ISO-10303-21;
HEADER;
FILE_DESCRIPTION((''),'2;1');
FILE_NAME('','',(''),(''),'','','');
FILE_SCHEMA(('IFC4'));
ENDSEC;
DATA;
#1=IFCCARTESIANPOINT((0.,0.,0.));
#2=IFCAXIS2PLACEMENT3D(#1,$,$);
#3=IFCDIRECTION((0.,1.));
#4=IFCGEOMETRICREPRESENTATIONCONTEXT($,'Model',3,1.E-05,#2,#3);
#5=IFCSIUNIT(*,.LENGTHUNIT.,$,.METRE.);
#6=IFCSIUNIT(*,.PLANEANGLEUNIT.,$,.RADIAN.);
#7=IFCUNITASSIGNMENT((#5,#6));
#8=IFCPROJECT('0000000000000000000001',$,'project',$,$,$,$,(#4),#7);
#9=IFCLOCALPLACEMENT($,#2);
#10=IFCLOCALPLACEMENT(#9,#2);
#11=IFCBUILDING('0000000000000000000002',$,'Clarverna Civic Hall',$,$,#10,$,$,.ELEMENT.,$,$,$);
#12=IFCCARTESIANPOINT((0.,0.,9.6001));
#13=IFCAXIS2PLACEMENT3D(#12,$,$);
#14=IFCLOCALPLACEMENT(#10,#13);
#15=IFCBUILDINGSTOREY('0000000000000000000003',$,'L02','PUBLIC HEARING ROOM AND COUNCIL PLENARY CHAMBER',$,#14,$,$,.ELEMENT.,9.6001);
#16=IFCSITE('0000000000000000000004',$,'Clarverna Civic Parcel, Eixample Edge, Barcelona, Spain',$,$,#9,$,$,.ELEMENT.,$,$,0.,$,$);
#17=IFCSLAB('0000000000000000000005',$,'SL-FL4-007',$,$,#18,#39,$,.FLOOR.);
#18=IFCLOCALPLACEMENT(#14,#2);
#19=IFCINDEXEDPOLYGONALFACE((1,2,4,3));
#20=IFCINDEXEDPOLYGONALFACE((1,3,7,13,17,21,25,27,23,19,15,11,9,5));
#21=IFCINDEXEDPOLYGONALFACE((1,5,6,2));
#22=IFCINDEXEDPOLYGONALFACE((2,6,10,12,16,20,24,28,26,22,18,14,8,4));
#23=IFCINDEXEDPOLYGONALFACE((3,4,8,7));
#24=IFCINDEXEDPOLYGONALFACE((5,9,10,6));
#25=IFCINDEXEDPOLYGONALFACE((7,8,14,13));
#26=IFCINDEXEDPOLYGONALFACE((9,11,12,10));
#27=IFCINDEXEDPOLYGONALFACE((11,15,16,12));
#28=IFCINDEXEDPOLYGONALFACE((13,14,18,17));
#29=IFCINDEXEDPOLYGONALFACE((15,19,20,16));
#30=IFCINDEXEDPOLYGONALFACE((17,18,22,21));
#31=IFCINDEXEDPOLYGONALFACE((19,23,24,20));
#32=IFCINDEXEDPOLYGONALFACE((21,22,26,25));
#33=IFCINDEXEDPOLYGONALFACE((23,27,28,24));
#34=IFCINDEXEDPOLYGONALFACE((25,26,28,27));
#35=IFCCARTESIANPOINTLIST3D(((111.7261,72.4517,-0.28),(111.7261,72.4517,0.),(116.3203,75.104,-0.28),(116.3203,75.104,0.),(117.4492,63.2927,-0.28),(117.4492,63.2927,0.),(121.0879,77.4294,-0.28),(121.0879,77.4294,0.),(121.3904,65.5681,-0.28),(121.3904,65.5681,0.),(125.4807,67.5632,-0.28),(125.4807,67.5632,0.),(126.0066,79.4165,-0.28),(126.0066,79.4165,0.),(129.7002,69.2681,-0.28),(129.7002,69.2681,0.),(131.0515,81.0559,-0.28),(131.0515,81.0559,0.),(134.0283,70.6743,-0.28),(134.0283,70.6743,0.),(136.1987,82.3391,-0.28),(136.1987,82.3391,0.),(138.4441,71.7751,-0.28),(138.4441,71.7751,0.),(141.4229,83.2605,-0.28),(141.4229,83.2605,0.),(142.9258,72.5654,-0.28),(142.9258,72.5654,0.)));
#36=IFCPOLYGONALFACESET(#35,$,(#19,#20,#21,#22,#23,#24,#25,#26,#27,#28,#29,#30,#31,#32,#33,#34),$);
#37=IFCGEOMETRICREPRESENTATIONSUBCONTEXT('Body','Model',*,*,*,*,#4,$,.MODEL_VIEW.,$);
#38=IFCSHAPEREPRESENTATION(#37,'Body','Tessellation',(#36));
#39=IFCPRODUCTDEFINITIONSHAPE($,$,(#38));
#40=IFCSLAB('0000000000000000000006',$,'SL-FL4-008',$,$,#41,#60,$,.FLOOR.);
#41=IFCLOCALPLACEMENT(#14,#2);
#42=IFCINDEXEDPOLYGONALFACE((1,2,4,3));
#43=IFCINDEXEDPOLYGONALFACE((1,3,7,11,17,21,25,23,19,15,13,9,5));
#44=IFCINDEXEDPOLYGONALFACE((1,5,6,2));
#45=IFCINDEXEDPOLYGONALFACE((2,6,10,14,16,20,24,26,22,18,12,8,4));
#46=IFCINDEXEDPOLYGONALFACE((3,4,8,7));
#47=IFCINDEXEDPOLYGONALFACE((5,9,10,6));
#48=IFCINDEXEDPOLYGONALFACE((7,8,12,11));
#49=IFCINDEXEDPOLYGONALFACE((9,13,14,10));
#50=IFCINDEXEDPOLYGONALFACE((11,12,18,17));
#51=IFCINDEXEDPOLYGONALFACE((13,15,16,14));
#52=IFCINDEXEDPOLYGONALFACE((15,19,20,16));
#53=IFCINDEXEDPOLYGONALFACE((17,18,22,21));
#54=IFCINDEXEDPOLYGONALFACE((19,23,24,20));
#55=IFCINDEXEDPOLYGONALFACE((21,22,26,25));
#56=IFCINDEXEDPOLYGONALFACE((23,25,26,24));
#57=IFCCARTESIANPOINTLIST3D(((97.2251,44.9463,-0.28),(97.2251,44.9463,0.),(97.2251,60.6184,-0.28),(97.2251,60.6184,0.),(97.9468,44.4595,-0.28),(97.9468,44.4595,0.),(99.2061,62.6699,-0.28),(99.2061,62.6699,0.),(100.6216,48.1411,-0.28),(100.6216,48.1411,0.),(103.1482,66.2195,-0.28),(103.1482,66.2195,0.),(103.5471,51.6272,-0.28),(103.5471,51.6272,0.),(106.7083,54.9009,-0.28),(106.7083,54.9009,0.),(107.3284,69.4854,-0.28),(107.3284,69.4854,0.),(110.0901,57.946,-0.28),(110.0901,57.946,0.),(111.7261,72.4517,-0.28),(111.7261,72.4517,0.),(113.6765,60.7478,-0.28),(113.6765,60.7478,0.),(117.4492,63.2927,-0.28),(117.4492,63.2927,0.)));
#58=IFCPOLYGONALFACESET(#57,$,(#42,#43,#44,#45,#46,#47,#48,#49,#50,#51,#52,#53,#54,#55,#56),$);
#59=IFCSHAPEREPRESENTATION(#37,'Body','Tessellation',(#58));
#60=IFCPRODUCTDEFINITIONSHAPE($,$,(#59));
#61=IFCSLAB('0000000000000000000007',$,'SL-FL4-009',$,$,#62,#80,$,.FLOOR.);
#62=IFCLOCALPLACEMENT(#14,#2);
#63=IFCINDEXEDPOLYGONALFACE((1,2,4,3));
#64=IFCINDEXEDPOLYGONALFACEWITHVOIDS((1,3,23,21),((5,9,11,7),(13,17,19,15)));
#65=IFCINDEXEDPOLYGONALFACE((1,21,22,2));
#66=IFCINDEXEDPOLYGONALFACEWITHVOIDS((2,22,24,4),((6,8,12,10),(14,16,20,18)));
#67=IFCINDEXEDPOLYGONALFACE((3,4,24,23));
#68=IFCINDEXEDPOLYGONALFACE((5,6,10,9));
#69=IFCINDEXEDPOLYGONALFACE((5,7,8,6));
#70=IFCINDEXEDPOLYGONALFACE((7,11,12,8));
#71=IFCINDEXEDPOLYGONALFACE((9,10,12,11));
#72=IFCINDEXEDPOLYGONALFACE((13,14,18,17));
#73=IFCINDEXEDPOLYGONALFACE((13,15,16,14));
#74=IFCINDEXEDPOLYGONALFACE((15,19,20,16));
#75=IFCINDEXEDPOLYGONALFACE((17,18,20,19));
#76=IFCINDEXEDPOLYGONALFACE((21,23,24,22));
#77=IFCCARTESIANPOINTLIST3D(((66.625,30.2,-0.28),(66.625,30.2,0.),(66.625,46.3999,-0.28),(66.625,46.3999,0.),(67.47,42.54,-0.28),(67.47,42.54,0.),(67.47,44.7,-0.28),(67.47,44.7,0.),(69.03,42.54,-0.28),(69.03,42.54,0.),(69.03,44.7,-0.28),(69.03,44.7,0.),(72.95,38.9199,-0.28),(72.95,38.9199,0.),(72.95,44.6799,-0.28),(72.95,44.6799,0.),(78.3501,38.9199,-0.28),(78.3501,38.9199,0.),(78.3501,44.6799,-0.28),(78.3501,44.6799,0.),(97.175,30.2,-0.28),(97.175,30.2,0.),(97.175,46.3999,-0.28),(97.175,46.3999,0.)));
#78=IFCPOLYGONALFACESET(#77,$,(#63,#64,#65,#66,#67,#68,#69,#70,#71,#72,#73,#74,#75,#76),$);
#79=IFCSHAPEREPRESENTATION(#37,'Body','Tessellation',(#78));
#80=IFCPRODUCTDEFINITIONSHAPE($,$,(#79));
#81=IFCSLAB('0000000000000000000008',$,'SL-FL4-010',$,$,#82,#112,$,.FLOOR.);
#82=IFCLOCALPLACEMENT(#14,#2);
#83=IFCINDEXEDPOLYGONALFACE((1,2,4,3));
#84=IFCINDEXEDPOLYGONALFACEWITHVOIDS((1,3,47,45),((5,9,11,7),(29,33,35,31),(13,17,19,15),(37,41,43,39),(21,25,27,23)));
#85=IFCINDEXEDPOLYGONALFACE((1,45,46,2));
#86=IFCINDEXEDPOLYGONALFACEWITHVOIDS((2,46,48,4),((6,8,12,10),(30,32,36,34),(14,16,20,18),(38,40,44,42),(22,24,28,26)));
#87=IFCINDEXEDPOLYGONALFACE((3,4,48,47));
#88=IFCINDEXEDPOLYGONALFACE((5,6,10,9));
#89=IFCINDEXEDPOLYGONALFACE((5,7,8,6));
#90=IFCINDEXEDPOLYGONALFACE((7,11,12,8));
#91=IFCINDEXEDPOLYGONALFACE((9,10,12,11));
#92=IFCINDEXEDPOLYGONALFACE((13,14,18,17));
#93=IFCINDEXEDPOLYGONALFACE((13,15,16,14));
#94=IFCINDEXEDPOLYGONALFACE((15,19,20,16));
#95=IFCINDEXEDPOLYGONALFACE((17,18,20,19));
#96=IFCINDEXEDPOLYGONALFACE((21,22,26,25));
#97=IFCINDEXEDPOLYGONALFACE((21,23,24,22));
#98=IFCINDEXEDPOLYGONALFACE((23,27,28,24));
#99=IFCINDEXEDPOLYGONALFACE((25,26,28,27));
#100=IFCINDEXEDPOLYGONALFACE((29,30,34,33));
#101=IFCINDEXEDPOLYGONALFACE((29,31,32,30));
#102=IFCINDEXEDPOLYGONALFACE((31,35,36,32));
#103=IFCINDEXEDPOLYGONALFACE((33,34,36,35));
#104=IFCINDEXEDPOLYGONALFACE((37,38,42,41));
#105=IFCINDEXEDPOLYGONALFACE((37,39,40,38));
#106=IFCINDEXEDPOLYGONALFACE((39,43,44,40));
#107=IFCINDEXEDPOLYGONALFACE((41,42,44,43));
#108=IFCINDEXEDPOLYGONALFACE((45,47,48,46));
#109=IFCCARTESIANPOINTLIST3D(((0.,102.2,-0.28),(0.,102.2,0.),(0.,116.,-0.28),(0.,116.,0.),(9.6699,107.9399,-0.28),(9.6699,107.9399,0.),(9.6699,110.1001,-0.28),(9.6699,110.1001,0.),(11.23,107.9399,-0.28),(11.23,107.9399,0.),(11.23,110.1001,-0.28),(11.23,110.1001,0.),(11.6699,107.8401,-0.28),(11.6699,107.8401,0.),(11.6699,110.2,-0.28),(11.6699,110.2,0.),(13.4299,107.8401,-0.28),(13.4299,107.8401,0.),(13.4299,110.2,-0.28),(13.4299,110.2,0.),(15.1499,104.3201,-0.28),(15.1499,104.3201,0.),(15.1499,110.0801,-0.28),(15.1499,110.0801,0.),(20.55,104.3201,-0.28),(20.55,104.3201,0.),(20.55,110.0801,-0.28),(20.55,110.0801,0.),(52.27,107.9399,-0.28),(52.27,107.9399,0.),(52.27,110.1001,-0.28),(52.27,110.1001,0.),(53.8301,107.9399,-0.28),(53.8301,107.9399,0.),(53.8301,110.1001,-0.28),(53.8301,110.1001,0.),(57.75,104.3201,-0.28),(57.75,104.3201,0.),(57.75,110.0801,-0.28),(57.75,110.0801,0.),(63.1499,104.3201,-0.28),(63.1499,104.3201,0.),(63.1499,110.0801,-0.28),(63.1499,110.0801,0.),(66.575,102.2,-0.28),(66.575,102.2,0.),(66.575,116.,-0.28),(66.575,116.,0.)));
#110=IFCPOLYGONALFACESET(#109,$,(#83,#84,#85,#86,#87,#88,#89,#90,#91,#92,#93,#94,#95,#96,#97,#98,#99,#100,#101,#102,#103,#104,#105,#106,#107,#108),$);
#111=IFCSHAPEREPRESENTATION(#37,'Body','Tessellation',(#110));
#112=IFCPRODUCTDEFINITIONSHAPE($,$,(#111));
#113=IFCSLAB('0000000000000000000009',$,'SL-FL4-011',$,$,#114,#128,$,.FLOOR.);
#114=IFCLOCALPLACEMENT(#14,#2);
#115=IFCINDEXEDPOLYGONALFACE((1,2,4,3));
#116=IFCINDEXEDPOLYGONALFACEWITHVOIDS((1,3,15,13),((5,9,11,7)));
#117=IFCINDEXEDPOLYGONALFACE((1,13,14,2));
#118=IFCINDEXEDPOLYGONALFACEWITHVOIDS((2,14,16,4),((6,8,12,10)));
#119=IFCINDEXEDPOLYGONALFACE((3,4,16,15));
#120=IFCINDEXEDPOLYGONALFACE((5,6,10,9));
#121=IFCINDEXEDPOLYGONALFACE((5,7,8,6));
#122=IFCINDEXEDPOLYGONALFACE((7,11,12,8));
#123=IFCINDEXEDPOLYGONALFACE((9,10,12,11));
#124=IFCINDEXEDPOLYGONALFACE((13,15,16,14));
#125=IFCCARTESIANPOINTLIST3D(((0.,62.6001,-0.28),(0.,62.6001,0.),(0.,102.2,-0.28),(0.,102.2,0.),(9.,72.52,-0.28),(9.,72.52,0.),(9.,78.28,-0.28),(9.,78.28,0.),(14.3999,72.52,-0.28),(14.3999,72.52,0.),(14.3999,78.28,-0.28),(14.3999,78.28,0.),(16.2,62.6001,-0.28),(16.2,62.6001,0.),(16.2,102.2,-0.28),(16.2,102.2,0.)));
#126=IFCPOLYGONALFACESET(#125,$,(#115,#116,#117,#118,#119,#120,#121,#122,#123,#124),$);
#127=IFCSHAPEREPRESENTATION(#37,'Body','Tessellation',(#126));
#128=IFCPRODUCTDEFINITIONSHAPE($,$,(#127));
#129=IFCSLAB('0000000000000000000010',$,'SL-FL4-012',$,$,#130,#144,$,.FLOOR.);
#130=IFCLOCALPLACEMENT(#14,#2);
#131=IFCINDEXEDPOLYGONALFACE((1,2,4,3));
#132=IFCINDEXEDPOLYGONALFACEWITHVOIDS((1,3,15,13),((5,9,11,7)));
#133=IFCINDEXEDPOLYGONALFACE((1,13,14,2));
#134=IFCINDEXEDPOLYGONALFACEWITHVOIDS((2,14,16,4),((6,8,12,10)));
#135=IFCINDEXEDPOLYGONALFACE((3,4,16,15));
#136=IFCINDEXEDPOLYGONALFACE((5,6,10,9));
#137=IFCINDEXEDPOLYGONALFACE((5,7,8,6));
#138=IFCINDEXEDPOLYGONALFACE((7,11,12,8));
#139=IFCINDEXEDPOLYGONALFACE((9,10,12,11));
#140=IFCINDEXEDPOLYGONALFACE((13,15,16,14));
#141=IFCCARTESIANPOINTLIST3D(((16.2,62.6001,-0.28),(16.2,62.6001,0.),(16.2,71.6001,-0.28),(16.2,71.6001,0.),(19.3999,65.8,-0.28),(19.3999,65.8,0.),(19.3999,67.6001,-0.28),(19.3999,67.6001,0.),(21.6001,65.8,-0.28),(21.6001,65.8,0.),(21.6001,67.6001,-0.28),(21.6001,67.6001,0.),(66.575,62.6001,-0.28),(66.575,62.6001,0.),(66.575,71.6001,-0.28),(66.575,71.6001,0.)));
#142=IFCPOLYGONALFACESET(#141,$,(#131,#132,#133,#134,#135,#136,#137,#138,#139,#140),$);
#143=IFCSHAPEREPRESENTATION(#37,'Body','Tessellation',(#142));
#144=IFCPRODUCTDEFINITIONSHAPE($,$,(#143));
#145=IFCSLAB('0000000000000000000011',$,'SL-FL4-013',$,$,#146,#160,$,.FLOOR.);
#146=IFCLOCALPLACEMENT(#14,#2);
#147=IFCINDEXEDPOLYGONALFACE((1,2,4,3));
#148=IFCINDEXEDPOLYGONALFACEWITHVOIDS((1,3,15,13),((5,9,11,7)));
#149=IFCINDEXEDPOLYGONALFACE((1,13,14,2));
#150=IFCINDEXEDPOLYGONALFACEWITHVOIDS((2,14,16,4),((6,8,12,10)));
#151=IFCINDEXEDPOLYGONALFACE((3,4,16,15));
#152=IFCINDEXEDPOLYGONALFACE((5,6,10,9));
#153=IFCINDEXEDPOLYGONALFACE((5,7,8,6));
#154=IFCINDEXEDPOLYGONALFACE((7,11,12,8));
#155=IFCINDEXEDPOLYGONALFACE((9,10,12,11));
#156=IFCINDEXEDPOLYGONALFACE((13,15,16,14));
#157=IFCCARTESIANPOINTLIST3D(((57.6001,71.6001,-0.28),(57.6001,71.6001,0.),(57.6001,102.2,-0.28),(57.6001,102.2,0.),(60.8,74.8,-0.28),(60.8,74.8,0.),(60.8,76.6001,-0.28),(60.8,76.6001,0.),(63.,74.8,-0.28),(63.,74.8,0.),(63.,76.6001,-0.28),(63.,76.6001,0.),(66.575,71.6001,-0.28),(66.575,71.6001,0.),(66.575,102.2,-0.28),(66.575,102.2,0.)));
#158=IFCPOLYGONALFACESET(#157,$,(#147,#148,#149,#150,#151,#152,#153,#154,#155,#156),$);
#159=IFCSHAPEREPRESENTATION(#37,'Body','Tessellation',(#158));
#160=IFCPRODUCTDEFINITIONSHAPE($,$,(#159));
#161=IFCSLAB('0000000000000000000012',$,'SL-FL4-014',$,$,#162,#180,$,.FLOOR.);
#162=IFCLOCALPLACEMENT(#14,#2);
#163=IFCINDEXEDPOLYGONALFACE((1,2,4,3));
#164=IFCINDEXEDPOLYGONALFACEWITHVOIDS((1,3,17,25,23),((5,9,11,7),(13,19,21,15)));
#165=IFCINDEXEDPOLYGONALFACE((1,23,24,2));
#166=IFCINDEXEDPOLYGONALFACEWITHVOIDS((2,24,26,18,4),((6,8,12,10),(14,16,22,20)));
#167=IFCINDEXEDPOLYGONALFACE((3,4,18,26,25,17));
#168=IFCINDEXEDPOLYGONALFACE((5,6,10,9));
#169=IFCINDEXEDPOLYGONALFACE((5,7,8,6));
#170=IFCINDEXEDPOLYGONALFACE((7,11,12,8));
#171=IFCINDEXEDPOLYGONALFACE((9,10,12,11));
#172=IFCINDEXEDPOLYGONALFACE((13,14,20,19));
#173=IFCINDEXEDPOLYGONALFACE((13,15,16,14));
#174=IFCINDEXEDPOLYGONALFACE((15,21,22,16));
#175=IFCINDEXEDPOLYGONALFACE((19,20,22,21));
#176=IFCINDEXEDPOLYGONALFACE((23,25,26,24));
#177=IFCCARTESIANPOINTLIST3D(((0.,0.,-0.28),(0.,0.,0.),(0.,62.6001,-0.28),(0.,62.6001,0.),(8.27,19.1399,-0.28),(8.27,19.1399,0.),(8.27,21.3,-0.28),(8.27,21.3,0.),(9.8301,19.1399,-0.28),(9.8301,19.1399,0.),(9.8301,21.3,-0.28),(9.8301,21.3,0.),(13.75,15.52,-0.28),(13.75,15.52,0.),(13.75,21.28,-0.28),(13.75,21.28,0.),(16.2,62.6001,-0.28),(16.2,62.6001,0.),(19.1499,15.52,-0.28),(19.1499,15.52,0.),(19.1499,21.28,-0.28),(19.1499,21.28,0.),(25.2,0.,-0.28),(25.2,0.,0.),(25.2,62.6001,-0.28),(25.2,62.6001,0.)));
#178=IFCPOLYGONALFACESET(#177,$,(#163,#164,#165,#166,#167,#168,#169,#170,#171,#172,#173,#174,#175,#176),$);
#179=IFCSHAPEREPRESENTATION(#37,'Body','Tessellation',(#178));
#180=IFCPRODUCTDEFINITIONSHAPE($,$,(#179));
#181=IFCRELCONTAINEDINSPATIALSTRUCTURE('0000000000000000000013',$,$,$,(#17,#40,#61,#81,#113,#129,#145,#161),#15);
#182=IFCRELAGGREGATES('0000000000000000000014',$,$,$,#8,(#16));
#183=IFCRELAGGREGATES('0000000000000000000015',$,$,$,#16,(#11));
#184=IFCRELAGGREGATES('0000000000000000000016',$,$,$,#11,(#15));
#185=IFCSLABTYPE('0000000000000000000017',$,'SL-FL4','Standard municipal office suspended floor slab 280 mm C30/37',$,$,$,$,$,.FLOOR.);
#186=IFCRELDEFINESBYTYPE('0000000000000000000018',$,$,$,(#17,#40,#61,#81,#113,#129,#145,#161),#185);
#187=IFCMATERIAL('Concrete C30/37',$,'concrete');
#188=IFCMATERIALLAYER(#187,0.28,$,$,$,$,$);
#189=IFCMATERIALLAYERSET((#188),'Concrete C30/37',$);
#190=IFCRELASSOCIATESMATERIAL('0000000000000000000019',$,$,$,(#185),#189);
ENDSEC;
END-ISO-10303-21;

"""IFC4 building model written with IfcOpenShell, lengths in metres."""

from ifc_helpers import new_model, si_unit, direction, frame, origin, place, context, subcontext, project, spatial, polyline, outline, extrude, material, layer, layer_set, type_object, element, save


model = new_model("IFC4")

# Units and contexts
model_context = context("Model", 3, precision=1e-05, world=origin(), true_north=direction((0.0, 1.0)))
body_context = subcontext(model_context, "Body", "Model", "MODEL_VIEW")
ifc_project = project(units=[si_unit("LENGTHUNIT", "METRE"), si_unit("PLANEANGLEUNIT", "RADIAN")], contexts=[model_context])

# Site, building, storey
site_placement = place(None, origin())
site = spatial("IfcSite", under=ifc_project, at=site_placement, Name="Clarverna Civic Parcel, Eixample Edge, Barcelona, Spain", CompositionType="ELEMENT", RefElevation=0.0)
building_placement = place(site_placement, origin())
building = spatial("IfcBuilding", under=site, at=building_placement, Name="Clarverna Civic Hall", CompositionType="ELEMENT")
storey_placement = place(building_placement, frame((0.0, 0.0, 9.6001)))
storey = spatial("IfcBuildingStorey", under=building, at=storey_placement, Name="L02", Description="PUBLIC HEARING ROOM AND COUNCIL PLENARY CHAMBER", CompositionType="ELEMENT", Elevation=9.6001)

# Slabs
ifc_material_1 = material(Name="Concrete C30/37", Category="concrete")
ifc_layer_1 = layer(ifc_material_1, 0.28)
ifc_layer_set_1 = layer_set([ifc_layer_1], Name="Concrete C30/37")
slab_type_1 = type_object("IfcSlabType", Name="SL-FL4", Description="Standard municipal office suspended floor slab 280 mm C30/37", PredefinedType="FLOOR", material=ifc_layer_set_1)
slab_1_placement = place(storey_placement, frame((0.0, 0.0, -0.28)))
element("IfcSlab", 1, at=slab_1_placement, inside=storey, type_object=slab_type_1, Name="SL-FL4-007", PredefinedType="FLOOR", context=body_context, shape_type="SweptSolid", body=[
    extrude(outline(polyline([(134.0283, 70.6743), (138.4441, 71.7751), (142.9258, 72.5654), (141.4229, 83.2605), (136.1987, 82.3391), (131.0515, 81.0559), (126.0066, 79.4165), (121.0879, 77.4294), (116.3203, 75.104), (111.7261, 72.4517), (117.4492, 63.2927), (121.3904, 65.5681), (125.4807, 67.5632), (129.7002, 69.2681), (134.0283, 70.6743)])), origin(), (0.0, 0.0, 1.0), 0.28),
])
slab_2_placement = place(storey_placement, frame((0.0, 0.0, -0.28)))
element("IfcSlab", 2, at=slab_2_placement, inside=storey, type_object=slab_type_1, Name="SL-FL4-008", PredefinedType="FLOOR", context=body_context, shape_type="SweptSolid", body=[
    extrude(outline(polyline([(110.0901, 57.946), (113.6765, 60.7478), (117.4492, 63.2927), (111.7261, 72.4517), (107.3284, 69.4854), (103.1482, 66.2195), (99.2061, 62.6699), (97.2251, 60.6184), (97.2251, 44.9463), (97.9468, 44.4595), (100.6216, 48.1411), (103.5471, 51.6272), (106.7083, 54.9009), (110.0901, 57.946)])), origin(), (0.0, 0.0, 1.0), 0.28),
])
slab_3_placement = place(storey_placement, frame((0.0, 0.0, -0.28)))
element("IfcSlab", 3, at=slab_3_placement, inside=storey, type_object=slab_type_1, Name="SL-FL4-009", PredefinedType="FLOOR", context=body_context, shape_type="SweptSolid", body=[
    extrude(outline(polyline([(97.175, 46.3999), (66.625, 46.3999), (66.625, 30.2), (97.175, 30.2), (97.175, 46.3999)]), holes=[polyline([(72.95, 38.9199), (78.3501, 38.9199), (78.3501, 44.6799), (72.95, 44.6799), (72.95, 38.9199)]), polyline([(67.47, 42.54), (69.03, 42.54), (69.03, 44.7), (67.47, 44.7), (67.47, 42.54)])]), origin(), (0.0, 0.0, 1.0), 0.28),
])
slab_4_placement = place(storey_placement, frame((0.0, 0.0, -0.28)))
element("IfcSlab", 4, at=slab_4_placement, inside=storey, type_object=slab_type_1, Name="SL-FL4-010", PredefinedType="FLOOR", context=body_context, shape_type="SweptSolid", body=[
    extrude(outline(polyline([(0.0, 102.2), (66.575, 102.2), (66.575, 116.0), (0.0, 116.0), (0.0, 102.2)]), holes=[polyline([(15.1499, 104.3201), (20.55, 104.3201), (20.55, 110.0801), (15.1499, 110.0801), (15.1499, 104.3201)]), polyline([(9.6699, 107.9399), (11.23, 107.9399), (11.23, 110.1001), (9.6699, 110.1001), (9.6699, 107.9399)]), polyline([(11.6699, 107.8401), (13.4299, 107.8401), (13.4299, 110.2), (11.6699, 110.2), (11.6699, 107.8401)]), polyline([(57.75, 104.3201), (63.1499, 104.3201), (63.1499, 110.0801), (57.75, 110.0801), (57.75, 104.3201)]), polyline([(52.27, 107.9399), (53.8301, 107.9399), (53.8301, 110.1001), (52.27, 110.1001), (52.27, 107.9399)])]), origin(), (0.0, 0.0, 1.0), 0.28),
])
slab_5_placement = place(storey_placement, frame((0.0, 0.0, -0.28)))
element("IfcSlab", 5, at=slab_5_placement, inside=storey, type_object=slab_type_1, Name="SL-FL4-011", PredefinedType="FLOOR", context=body_context, shape_type="SweptSolid", body=[
    extrude(outline(polyline([(0.0, 102.2), (0.0, 62.6001), (16.2, 62.6001), (16.2, 102.2), (0.0, 102.2)]), holes=[polyline([(9.0, 72.52), (14.3999, 72.52), (14.3999, 78.28), (9.0, 78.28), (9.0, 72.52)])]), origin(), (0.0, 0.0, 1.0), 0.28),
])
slab_6_placement = place(storey_placement, frame((0.0, 0.0, -0.28)))
element("IfcSlab", 6, at=slab_6_placement, inside=storey, type_object=slab_type_1, Name="SL-FL4-012", PredefinedType="FLOOR", context=body_context, shape_type="SweptSolid", body=[
    extrude(outline(polyline([(16.2, 62.6001), (66.575, 62.6001), (66.575, 71.6001), (16.2, 71.6001), (16.2, 62.6001)]), holes=[polyline([(19.3999, 65.8), (21.6001, 65.8), (21.6001, 67.6001), (19.3999, 67.6001), (19.3999, 65.8)])]), origin(), (0.0, 0.0, 1.0), 0.28),
])
slab_7_placement = place(storey_placement, frame((0.0, 0.0, -0.28)))
element("IfcSlab", 7, at=slab_7_placement, inside=storey, type_object=slab_type_1, Name="SL-FL4-013", PredefinedType="FLOOR", context=body_context, shape_type="SweptSolid", body=[
    extrude(outline(polyline([(57.6001, 71.6001), (66.575, 71.6001), (66.575, 102.2), (57.6001, 102.2), (57.6001, 71.6001)]), holes=[polyline([(60.8, 74.8), (63.0, 74.8), (63.0, 76.6001), (60.8, 76.6001), (60.8, 74.8)])]), origin(), (0.0, 0.0, 1.0), 0.28),
])
slab_8_placement = place(storey_placement, frame((0.0, 0.0, -0.28)))
element("IfcSlab", 8, at=slab_8_placement, inside=storey, type_object=slab_type_1, Name="SL-FL4-014", PredefinedType="FLOOR", context=body_context, shape_type="SweptSolid", body=[
    extrude(outline(polyline([(0.0, 62.6001), (0.0, 0.0), (25.2, 0.0), (25.2, 62.6001), (16.2, 62.6001), (0.0, 62.6001)]), holes=[polyline([(13.75, 15.52), (19.1499, 15.52), (19.1499, 21.28), (13.75, 21.28), (13.75, 15.52)]), polyline([(8.27, 19.1399), (9.8301, 19.1399), (9.8301, 21.3), (8.27, 21.3), (8.27, 19.1399)])]), origin(), (0.0, 0.0, 1.0), 0.28),
])

save(model, "model.ifc")
